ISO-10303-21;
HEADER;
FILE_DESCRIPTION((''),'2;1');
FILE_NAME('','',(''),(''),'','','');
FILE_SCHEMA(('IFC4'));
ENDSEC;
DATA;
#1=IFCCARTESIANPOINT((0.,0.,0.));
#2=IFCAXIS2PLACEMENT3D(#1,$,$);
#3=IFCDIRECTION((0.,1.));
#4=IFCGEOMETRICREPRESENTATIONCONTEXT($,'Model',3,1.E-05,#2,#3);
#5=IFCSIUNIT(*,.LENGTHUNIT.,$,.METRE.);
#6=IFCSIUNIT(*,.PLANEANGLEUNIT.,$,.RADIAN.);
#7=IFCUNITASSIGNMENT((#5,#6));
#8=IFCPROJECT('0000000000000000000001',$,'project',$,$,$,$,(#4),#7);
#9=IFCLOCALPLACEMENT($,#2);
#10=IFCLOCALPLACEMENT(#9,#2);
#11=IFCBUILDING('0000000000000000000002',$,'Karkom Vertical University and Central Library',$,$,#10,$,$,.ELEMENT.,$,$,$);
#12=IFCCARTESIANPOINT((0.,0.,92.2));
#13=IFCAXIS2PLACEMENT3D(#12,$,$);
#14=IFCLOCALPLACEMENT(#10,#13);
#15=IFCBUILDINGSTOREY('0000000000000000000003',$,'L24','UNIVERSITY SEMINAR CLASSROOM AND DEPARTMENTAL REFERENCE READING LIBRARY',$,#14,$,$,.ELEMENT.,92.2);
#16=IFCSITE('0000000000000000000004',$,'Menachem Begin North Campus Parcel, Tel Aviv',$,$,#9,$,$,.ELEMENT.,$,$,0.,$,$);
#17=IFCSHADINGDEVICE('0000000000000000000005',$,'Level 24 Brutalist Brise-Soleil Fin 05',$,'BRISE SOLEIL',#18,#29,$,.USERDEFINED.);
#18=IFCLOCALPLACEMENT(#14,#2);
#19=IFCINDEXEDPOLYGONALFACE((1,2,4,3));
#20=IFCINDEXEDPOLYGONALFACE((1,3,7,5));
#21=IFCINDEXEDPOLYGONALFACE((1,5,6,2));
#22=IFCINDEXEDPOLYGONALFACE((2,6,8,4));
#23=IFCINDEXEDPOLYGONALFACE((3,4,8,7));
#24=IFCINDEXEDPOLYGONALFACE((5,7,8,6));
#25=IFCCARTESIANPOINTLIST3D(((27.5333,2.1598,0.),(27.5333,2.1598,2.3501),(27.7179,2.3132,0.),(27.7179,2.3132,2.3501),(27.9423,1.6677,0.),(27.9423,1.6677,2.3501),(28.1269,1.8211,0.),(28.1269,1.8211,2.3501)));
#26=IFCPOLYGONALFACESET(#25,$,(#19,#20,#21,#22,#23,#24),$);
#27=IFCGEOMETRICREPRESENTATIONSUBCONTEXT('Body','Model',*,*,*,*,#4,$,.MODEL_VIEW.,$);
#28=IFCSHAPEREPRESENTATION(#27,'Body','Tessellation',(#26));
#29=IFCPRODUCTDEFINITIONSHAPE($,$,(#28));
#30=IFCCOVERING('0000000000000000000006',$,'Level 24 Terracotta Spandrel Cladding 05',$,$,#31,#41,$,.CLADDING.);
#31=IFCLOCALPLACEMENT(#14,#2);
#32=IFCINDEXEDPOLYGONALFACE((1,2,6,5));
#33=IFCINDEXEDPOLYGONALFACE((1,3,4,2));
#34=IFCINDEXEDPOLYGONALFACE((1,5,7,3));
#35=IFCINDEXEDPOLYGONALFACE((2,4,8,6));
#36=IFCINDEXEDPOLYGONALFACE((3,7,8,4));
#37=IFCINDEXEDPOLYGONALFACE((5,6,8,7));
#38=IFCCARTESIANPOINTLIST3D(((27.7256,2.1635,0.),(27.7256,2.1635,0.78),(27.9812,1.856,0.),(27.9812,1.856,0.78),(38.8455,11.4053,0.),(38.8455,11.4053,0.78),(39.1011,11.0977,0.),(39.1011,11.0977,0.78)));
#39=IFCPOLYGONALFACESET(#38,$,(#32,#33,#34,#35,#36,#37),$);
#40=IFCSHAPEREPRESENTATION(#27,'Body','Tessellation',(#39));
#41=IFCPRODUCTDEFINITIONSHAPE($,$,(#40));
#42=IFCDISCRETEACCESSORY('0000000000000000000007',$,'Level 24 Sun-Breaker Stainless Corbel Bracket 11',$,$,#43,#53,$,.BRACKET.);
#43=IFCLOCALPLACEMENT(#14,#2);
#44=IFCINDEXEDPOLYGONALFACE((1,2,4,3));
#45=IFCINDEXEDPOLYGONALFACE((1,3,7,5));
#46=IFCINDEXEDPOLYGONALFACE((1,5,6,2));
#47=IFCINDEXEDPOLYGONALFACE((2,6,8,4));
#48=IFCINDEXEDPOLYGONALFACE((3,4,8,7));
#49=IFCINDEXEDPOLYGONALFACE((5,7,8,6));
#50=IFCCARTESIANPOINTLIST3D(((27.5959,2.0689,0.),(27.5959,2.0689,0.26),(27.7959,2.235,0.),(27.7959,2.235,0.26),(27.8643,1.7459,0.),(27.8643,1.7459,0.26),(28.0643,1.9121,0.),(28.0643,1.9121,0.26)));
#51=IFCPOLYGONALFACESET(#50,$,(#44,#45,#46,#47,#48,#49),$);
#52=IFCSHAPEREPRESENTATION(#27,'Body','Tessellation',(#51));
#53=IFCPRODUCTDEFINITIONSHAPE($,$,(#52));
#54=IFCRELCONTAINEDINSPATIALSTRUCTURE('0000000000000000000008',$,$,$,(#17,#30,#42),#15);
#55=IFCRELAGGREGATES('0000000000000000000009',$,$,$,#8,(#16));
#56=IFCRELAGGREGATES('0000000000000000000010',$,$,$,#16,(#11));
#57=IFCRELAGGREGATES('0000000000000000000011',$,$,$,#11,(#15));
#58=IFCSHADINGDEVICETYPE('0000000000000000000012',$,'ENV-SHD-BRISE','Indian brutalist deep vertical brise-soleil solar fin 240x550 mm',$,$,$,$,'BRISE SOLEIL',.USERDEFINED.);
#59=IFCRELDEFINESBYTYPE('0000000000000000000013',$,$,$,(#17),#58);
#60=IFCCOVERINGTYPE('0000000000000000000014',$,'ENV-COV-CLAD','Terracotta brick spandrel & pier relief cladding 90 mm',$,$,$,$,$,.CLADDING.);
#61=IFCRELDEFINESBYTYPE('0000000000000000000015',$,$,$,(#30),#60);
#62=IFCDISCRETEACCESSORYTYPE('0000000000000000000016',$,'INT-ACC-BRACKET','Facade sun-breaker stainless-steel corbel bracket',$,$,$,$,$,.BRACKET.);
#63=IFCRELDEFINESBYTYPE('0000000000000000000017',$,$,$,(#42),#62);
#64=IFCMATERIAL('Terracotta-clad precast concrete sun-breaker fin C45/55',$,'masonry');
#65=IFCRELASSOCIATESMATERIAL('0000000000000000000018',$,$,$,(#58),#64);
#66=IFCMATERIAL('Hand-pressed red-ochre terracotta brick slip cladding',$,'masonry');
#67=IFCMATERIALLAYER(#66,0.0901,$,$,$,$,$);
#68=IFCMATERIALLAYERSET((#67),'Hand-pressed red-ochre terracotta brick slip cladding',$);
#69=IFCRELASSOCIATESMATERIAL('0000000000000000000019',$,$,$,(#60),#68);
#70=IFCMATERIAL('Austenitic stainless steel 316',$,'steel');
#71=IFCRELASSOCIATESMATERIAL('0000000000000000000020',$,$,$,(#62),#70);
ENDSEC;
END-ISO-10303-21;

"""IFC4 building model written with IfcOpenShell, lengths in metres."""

from ifc_helpers import new_model, si_unit, direction, frame, origin, origin_with_axes, origin_2d, place, context, subcontext, project, spatial, rectangle, extrude, source, transform, mapped, material, layer, layer_set, type_object, element, save


model = new_model("IFC4")

# Units and contexts
model_context = context("Model", 3, precision=1e-05, world=origin(), true_north=direction((0.0, 1.0)))
body_context = subcontext(model_context, "Body", "Model", "MODEL_VIEW")
ifc_project = project(units=[si_unit("LENGTHUNIT", "METRE"), si_unit("PLANEANGLEUNIT", "RADIAN")], contexts=[model_context])

# Site, building, storey
site_placement = place(None, origin())
site = spatial("IfcSite", under=ifc_project, at=site_placement, Name="Menachem Begin North Campus Parcel, Tel Aviv", CompositionType="ELEMENT", RefElevation=0.0)
building_placement = place(site_placement, origin())
building = spatial("IfcBuilding", under=site, at=building_placement, Name="Karkom Vertical University and Central Library", CompositionType="ELEMENT")
storey_placement = place(building_placement, frame((0.0, 0.0, 92.2)))
storey = spatial("IfcBuildingStorey", under=building, at=storey_placement, Name="L24", Description="UNIVERSITY SEMINAR CLASSROOM AND DEPARTMENTAL REFERENCE READING LIBRARY", CompositionType="ELEMENT", Elevation=92.2)

# Shading device
ifc_material_1 = material(Name="Terracotta-clad precast concrete sun-breaker fin C45/55", Category="masonry")
shading_device_type = type_object("IfcShadingDeviceType", Name="ENV-SHD-BRISE", Description="Indian brutalist deep vertical brise-soleil solar fin 240x550 mm", ElementType="BRISE SOLEIL", PredefinedType="USERDEFINED", material=ifc_material_1)
shared_shape_1 = source(origin_with_axes(), body_context, "Body", "SweptSolid", [
    extrude(rectangle(XDim=0.24, YDim=0.6399, at=origin_2d()), origin(), (0.0, 0.0, 1.0), 2.3501),
])
shading_device_placement = place(storey_placement, frame((27.8301, 1.9905, 0.0), z_axis=(0.0, 0.0, 1.0), x_axis=(0.769065, 0.639171, 0.0)))
element("IfcShadingDevice", 1, at=shading_device_placement, inside=storey, type_object=shading_device_type, Name="Level 24 Brutalist Brise-Soleil Fin 05", ObjectType="BRISE SOLEIL", PredefinedType="USERDEFINED", context=body_context, shape_type="MappedRepresentation", body=[
    mapped(shared_shape_1, transform((0.0, 0.0, 0.0), scale=1.0)),
])

# Covering
ifc_material_2 = material(Name="Hand-pressed red-ochre terracotta brick slip cladding", Category="masonry")
ifc_layer_1 = layer(ifc_material_2, 0.0901)
ifc_layer_set_1 = layer_set([ifc_layer_1], Name="Hand-pressed red-ochre terracotta brick slip cladding")
covering_type = type_object("IfcCoveringType", Name="ENV-COV-CLAD", Description="Terracotta brick spandrel & pier relief cladding 90 mm", PredefinedType="CLADDING", material=ifc_layer_set_1)
shared_shape_2 = source(origin_with_axes(), body_context, "Body", "SweptSolid", [
    extrude(rectangle(XDim=14.459, YDim=0.3999, at=origin_2d()), origin(), (0.0, 0.0, 1.0), 0.78),
])
covering_placement = place(storey_placement, frame((33.4133, 6.6306, 0.0), z_axis=(0.0, 0.0, 1.0), x_axis=(0.769065, 0.639171, 0.0)))
element("IfcCovering", 2, at=covering_placement, inside=storey, type_object=covering_type, Name="Level 24 Terracotta Spandrel Cladding 05", PredefinedType="CLADDING", context=body_context, shape_type="MappedRepresentation", body=[
    mapped(shared_shape_2, transform((0.0, 0.0, 0.0), scale=1.0)),
])

# Discrete accessory
ifc_material_3 = material(Name="Austenitic stainless steel 316", Category="steel")
discrete_accessory_type = type_object("IfcDiscreteAccessoryType", Name="INT-ACC-BRACKET", Description="Facade sun-breaker stainless-steel corbel bracket", PredefinedType="BRACKET", material=ifc_material_3)
shared_shape_3 = source(origin_with_axes(), body_context, "Body", "SweptSolid", [
    extrude(rectangle(XDim=0.26, YDim=0.4199, at=origin_2d()), origin(), (0.0, 0.0, 1.0), 0.26),
])
discrete_accessory_placement = place(storey_placement, frame((27.8301, 1.9905, 0.0), z_axis=(0.0, 0.0, 1.0), x_axis=(0.769065, 0.639171, 0.0)))
element("IfcDiscreteAccessory", 3, at=discrete_accessory_placement, inside=storey, type_object=discrete_accessory_type, Name="Level 24 Sun-Breaker Stainless Corbel Bracket 11", PredefinedType="BRACKET", context=body_context, shape_type="MappedRepresentation", body=[
    mapped(shared_shape_3, transform((0.0, 0.0, 0.0), scale=1.0)),
])

save(model, "model.ifc")
